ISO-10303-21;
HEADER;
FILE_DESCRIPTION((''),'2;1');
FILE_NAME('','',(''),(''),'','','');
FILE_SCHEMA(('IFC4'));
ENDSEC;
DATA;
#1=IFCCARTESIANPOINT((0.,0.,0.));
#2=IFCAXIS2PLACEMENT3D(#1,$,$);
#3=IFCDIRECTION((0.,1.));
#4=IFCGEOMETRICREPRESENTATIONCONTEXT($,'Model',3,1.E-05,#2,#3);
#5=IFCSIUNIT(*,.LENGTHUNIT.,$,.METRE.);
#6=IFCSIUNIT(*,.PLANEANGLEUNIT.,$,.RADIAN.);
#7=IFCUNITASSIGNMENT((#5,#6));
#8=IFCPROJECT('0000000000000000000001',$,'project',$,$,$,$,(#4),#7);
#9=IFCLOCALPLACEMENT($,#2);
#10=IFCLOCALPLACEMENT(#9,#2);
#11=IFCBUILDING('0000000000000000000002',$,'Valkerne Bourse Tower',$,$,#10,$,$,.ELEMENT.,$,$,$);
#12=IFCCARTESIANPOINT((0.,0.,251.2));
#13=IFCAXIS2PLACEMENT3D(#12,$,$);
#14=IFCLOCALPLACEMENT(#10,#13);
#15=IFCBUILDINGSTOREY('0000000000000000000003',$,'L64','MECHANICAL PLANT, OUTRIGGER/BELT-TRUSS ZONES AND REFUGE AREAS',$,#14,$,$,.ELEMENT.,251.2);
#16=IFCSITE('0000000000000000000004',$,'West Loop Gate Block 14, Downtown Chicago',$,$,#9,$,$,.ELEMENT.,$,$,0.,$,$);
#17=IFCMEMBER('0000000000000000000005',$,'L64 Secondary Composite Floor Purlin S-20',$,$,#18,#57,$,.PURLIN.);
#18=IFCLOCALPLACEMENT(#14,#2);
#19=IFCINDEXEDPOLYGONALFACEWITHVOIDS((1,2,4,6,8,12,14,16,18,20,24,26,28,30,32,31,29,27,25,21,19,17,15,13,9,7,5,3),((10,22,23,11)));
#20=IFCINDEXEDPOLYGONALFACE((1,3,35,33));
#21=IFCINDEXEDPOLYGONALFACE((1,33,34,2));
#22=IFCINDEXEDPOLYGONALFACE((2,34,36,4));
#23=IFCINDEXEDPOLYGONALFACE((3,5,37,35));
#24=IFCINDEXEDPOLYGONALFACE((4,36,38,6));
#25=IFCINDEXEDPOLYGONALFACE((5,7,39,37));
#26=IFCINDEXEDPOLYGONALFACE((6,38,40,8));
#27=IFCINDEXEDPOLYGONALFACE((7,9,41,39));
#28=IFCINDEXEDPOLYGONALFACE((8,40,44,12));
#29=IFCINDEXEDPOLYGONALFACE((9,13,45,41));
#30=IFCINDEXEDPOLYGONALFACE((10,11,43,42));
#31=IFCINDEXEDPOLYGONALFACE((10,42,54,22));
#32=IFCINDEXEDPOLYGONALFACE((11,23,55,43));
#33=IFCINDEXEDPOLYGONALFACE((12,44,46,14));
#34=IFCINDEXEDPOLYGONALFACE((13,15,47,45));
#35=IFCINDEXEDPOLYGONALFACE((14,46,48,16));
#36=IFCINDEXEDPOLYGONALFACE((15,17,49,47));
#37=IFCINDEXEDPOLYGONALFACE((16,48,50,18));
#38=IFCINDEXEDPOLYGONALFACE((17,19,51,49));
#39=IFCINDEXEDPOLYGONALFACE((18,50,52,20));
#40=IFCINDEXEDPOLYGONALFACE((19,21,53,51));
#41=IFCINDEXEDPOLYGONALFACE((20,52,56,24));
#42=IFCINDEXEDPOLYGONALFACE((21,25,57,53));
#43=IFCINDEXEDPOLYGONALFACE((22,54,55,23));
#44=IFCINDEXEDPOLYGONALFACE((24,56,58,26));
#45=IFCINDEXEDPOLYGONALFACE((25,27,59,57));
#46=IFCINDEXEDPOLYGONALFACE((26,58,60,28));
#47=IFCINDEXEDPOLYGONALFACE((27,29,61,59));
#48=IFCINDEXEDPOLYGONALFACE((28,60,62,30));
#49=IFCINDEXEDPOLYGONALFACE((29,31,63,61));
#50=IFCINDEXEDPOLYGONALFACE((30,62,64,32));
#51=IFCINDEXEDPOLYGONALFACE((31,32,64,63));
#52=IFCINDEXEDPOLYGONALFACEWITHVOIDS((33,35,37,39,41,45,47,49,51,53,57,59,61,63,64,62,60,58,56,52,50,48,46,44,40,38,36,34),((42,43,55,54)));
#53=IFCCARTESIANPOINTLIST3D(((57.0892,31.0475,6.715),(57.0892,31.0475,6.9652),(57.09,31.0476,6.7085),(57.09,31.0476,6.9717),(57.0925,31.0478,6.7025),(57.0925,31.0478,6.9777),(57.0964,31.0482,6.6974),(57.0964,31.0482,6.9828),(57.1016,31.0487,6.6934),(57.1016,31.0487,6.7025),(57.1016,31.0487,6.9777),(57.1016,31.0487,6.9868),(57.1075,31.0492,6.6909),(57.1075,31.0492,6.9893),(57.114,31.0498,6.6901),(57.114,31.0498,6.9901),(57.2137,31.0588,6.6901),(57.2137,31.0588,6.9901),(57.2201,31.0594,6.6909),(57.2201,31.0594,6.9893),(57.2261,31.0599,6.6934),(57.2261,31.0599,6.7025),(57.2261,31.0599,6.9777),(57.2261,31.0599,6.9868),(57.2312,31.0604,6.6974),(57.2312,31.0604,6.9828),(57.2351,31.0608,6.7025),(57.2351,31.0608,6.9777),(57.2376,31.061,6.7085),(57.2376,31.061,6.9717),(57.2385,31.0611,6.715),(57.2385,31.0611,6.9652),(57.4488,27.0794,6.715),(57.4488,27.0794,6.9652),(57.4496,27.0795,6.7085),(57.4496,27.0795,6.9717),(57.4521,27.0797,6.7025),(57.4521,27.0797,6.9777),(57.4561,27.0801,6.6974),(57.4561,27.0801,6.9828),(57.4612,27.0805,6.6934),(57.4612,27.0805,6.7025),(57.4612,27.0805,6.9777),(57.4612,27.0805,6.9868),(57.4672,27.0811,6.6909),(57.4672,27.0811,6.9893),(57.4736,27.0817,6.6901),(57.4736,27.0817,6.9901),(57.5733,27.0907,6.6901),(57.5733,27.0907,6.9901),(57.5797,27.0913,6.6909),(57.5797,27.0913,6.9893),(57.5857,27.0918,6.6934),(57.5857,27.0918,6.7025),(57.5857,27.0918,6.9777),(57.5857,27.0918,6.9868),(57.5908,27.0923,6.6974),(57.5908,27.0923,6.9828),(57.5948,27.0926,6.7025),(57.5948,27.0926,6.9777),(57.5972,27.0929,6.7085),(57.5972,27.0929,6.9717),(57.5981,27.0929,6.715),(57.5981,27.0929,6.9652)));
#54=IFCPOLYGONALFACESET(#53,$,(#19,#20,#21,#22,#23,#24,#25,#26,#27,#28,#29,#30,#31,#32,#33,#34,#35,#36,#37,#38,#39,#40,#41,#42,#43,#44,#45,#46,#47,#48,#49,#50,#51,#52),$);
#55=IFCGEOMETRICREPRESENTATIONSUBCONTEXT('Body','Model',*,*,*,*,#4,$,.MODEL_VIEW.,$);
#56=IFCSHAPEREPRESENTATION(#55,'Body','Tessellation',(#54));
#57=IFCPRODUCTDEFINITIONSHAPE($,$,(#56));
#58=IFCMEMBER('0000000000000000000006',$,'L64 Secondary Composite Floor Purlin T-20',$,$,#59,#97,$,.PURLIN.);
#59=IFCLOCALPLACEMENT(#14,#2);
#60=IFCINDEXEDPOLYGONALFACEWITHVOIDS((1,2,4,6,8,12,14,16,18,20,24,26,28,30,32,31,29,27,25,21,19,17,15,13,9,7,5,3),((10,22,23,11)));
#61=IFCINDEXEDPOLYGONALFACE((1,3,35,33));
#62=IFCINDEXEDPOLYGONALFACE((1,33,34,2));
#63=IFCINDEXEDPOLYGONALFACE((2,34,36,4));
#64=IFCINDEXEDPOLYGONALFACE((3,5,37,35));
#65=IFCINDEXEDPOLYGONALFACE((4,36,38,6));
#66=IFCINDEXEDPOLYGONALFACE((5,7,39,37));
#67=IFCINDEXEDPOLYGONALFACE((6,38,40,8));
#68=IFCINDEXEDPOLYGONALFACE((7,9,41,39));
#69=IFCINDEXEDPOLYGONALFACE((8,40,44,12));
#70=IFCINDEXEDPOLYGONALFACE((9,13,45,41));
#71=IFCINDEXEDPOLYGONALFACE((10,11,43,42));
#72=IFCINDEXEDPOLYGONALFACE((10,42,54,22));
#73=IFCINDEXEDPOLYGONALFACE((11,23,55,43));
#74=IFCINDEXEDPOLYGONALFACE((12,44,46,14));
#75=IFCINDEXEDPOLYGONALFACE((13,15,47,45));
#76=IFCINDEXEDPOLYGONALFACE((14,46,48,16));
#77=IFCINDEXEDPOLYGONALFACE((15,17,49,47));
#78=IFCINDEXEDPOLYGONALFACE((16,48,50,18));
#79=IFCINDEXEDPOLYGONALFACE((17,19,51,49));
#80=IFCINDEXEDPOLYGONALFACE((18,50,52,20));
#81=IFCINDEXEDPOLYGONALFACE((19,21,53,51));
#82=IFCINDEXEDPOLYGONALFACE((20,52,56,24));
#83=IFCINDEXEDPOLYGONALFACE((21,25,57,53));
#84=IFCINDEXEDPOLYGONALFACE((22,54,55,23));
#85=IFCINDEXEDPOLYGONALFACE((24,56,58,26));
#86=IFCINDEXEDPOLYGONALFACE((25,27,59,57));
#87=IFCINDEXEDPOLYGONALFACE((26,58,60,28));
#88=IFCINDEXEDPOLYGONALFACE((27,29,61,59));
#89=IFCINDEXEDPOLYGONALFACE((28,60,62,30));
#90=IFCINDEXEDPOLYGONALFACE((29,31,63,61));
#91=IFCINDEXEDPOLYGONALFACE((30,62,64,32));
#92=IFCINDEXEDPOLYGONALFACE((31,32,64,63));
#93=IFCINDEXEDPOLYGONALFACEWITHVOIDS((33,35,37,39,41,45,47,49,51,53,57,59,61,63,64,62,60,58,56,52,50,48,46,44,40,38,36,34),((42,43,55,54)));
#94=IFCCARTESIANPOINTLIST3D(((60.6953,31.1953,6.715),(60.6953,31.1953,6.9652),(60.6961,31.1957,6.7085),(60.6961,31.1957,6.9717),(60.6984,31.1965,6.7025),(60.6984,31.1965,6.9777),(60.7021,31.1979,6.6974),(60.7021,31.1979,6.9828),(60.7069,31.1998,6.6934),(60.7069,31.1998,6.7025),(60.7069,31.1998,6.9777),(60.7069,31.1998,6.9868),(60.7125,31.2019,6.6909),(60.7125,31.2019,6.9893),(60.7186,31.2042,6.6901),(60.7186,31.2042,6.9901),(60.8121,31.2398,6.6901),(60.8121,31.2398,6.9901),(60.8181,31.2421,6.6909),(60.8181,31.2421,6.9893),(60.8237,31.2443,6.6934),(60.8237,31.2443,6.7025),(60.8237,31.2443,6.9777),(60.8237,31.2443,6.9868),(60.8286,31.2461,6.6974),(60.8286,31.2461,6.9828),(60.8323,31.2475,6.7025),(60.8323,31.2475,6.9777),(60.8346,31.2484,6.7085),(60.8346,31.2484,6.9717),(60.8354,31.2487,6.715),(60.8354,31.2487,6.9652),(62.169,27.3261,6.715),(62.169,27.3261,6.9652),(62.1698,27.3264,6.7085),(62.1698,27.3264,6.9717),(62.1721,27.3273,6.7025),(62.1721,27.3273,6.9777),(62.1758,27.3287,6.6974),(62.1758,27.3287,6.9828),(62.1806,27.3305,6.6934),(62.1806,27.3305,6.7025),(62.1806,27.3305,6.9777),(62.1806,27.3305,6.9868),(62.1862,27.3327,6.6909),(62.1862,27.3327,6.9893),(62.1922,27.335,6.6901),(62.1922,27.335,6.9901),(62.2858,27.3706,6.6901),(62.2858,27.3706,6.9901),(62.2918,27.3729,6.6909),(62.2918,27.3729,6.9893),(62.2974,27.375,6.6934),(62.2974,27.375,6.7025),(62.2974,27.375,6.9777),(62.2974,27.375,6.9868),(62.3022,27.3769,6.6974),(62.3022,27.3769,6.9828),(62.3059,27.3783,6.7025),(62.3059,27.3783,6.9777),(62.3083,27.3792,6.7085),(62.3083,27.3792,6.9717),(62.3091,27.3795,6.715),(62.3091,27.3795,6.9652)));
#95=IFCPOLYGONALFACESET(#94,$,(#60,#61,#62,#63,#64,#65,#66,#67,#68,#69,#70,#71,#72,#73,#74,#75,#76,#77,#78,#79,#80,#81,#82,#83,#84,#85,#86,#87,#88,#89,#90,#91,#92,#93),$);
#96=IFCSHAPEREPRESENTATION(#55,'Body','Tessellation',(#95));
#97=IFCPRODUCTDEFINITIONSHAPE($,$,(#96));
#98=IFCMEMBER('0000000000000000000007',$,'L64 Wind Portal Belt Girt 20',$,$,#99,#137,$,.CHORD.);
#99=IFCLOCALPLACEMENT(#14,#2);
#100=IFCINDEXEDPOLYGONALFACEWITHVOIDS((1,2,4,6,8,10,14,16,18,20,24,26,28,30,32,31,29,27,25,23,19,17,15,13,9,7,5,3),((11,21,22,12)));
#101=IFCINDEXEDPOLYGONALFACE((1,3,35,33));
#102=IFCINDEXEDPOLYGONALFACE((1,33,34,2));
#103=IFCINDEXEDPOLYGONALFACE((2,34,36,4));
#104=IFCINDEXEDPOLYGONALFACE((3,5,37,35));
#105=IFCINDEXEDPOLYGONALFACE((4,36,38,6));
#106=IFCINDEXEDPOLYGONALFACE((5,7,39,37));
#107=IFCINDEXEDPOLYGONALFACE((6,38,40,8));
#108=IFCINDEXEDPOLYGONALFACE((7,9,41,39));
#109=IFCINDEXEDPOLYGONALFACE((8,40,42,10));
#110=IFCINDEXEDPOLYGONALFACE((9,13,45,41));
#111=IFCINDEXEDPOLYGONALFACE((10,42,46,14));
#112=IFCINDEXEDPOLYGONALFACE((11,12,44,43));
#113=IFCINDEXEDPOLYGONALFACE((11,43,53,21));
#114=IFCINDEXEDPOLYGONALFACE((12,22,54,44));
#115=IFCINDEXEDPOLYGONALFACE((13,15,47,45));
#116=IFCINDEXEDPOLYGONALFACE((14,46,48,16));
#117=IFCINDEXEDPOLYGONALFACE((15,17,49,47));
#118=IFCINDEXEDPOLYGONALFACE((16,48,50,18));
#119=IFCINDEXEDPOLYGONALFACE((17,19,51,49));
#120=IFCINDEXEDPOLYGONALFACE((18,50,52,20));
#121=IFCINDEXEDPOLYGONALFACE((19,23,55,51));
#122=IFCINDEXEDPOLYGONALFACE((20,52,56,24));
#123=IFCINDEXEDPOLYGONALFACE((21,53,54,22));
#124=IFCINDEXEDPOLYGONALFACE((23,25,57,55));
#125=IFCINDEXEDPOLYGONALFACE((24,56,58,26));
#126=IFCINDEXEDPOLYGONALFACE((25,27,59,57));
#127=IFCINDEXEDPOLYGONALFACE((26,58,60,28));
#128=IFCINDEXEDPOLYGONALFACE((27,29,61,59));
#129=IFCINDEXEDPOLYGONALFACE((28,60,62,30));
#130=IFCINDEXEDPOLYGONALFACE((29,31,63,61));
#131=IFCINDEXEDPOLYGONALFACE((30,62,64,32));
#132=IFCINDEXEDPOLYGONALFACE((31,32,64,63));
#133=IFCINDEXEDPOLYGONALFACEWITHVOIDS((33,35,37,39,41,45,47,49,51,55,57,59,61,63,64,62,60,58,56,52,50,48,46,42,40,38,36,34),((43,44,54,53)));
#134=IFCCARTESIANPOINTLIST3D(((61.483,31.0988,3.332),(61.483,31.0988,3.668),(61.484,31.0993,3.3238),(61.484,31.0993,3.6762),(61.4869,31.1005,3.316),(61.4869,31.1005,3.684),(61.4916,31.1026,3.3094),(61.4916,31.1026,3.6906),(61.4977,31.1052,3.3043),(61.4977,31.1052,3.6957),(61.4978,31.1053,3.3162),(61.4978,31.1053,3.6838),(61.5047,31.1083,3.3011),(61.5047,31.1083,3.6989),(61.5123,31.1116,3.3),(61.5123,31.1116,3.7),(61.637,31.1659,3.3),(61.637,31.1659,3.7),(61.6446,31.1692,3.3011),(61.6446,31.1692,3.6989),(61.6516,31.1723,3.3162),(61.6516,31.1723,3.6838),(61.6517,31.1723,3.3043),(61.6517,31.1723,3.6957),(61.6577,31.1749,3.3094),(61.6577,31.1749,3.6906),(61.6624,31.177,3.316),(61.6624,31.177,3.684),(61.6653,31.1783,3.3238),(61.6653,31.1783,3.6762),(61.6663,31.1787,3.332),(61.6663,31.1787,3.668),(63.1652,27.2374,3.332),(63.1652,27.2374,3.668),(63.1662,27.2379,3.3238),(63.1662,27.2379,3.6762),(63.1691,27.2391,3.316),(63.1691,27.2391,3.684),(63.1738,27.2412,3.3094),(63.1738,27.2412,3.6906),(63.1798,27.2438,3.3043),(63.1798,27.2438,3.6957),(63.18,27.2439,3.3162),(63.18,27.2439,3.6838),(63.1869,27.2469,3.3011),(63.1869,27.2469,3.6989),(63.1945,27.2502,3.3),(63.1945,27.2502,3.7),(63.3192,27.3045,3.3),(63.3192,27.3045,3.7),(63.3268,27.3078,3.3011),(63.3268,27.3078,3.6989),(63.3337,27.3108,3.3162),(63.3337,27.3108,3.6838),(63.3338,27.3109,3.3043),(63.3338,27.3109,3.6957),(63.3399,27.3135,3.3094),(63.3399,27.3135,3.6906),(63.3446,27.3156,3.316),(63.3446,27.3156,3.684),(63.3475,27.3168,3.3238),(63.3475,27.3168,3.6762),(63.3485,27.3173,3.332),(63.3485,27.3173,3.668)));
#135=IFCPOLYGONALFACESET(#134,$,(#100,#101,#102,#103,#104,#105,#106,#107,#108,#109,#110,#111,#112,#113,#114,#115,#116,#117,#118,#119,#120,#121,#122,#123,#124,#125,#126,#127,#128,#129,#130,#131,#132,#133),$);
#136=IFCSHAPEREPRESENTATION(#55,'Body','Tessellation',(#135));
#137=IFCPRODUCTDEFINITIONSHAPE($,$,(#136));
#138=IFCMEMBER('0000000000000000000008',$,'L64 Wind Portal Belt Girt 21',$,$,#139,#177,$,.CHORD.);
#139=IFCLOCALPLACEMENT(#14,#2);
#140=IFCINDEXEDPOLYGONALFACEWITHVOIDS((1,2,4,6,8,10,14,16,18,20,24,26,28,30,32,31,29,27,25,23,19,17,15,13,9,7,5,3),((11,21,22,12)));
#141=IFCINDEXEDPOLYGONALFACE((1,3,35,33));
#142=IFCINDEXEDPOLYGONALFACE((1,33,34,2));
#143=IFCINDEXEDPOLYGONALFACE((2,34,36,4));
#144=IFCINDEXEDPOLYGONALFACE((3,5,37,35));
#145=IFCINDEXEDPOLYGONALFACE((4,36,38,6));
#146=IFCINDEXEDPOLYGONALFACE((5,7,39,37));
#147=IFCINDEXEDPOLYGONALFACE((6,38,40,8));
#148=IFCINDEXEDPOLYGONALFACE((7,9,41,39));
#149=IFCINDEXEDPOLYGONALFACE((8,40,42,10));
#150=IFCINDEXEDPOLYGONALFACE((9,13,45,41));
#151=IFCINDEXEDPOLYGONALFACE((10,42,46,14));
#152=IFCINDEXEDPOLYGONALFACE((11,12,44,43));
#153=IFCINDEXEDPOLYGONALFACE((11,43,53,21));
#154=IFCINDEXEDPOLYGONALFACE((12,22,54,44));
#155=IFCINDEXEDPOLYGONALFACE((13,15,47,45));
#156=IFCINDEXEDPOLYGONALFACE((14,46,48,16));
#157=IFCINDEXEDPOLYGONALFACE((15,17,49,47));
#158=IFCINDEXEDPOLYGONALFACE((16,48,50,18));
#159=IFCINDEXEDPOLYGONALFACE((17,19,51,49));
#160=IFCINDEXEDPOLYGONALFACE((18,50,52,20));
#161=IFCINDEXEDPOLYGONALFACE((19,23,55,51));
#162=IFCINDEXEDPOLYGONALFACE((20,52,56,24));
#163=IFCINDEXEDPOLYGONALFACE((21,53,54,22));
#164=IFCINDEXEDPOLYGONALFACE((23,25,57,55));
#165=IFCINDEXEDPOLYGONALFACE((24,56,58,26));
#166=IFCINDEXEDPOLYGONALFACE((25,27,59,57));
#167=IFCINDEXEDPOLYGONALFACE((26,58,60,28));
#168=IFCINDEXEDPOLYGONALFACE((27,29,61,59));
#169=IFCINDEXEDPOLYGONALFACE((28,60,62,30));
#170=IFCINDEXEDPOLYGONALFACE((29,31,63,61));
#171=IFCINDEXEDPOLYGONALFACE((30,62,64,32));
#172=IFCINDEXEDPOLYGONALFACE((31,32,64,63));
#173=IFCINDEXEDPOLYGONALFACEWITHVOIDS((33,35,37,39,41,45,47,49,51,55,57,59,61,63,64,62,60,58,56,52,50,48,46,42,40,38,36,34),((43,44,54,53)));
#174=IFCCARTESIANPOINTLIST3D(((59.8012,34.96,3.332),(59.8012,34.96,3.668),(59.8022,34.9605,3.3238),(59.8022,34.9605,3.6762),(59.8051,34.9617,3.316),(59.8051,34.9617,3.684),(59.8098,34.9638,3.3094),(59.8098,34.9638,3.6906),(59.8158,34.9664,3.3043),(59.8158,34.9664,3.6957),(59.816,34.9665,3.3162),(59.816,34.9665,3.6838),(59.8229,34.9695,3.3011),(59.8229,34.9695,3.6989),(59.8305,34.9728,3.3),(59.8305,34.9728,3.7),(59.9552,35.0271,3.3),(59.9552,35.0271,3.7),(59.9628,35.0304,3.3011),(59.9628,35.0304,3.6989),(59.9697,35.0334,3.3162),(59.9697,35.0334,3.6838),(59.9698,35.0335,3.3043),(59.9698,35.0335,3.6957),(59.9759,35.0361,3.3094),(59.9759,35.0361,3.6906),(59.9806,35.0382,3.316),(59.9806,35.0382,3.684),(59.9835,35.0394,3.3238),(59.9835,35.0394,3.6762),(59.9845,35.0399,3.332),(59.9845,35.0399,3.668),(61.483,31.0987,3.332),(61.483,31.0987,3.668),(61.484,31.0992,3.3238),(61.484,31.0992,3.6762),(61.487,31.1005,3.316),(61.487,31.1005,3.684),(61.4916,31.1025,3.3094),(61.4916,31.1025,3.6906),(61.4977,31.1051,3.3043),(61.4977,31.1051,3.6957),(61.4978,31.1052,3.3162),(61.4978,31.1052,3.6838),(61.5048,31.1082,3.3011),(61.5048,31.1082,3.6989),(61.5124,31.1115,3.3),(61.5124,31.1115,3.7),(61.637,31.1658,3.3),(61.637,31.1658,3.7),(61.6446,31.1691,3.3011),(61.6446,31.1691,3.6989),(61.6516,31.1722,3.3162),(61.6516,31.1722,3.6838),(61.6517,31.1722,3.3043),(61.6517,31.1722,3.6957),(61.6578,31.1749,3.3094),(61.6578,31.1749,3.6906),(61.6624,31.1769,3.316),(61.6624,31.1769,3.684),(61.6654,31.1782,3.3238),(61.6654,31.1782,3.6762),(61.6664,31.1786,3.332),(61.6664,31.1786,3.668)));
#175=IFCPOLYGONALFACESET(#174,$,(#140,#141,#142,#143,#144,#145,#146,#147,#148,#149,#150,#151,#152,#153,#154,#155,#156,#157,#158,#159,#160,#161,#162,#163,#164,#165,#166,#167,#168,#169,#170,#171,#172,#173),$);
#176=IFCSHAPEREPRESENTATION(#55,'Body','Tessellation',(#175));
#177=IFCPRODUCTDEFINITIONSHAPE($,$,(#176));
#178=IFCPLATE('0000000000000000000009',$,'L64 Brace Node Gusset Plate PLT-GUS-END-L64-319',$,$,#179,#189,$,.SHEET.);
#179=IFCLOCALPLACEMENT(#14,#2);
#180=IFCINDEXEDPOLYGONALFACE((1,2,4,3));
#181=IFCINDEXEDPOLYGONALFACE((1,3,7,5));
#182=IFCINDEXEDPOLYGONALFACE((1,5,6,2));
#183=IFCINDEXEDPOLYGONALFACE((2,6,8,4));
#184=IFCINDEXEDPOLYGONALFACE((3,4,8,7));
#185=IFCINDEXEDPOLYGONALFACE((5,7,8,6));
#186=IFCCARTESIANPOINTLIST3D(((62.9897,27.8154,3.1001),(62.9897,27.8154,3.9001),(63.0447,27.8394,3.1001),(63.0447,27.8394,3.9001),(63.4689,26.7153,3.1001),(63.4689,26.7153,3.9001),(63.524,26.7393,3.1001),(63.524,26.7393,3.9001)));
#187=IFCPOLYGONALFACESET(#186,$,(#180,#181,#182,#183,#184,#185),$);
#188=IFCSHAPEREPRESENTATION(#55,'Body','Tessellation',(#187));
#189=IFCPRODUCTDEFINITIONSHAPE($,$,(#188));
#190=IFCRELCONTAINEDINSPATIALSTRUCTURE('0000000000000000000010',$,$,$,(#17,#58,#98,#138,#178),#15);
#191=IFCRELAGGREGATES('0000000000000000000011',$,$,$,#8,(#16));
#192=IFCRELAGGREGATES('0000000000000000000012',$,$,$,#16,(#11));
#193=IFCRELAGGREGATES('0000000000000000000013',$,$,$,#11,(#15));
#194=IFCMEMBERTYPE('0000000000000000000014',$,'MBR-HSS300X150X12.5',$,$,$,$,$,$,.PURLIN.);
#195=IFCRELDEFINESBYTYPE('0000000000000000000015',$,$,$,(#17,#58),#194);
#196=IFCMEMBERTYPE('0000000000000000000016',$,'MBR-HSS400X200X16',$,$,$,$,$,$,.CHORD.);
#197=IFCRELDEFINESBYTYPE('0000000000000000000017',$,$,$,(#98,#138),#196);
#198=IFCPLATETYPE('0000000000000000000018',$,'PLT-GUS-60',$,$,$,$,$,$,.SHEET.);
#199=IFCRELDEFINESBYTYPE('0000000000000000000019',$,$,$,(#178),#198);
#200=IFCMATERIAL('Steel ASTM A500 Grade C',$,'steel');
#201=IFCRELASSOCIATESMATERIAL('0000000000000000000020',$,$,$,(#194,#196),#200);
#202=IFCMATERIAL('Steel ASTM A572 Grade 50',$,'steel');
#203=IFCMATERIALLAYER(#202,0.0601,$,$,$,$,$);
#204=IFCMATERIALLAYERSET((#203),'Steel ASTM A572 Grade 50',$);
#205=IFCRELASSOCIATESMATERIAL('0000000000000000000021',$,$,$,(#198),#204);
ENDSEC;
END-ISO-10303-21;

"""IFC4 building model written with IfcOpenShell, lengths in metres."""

from ifc_helpers import new_model, si_unit, direction, frame, origin, origin_2d, place, context, subcontext, project, spatial, rectangle, hollow_rectangle, extrude, material, layer, layer_set, material_profile, profile_set, type_object, element, save


model = new_model("IFC4")

# Units and contexts
model_context = context("Model", 3, precision=1e-05, world=origin(), true_north=direction((0.0, 1.0)))
body_context = subcontext(model_context, "Body", "Model", "MODEL_VIEW")
ifc_project = project(units=[si_unit("LENGTHUNIT", "METRE"), si_unit("PLANEANGLEUNIT", "RADIAN")], contexts=[model_context])

# Site, building, storey
site_placement = place(None, origin())
site = spatial("IfcSite", under=ifc_project, at=site_placement, Name="West Loop Gate Block 14, Downtown Chicago", CompositionType="ELEMENT", RefElevation=0.0)
building_placement = place(site_placement, origin())
building = spatial("IfcBuilding", under=site, at=building_placement, Name="Valkerne Bourse Tower", CompositionType="ELEMENT")
storey_placement = place(building_placement, frame((0.0, 0.0, 251.2)))
storey = spatial("IfcBuildingStorey", under=building, at=storey_placement, Name="L64", Description="MECHANICAL PLANT, OUTRIGGER/BELT-TRUSS ZONES AND REFUGE AREAS", CompositionType="ELEMENT", Elevation=251.2)

# Members
ifc_material_1 = material(Name="Steel ASTM A500 Grade C", Category="steel")
ifc_material_profile_1 = material_profile(ifc_material_1, hollow_rectangle(XDim=0.1499, YDim=0.3, WallThickness=0.0125, OuterFilletRadius=0.0249, at=origin_2d()), Name="HSS300X150X12.5")
ifc_profile_set_1 = profile_set([ifc_material_profile_1], Name="Steel ASTM A500 Grade C")
member_type_1 = type_object("IfcMemberType", Name="MBR-HSS300X150X12.5", PredefinedType="PURLIN", material=ifc_profile_set_1)
member_1_placement = place(storey_placement, frame((57.5234, 27.0862, 6.8401), z_axis=(-0.090259, 0.995918, 0.0), x_axis=(-0.995918, -0.090259, 0.0)))
element("IfcMember", 1, at=member_1_placement, inside=storey, type_object=member_type_1, Name="L64 Secondary Composite Floor Purlin S-20", PredefinedType="PURLIN", context=body_context, shape_type="SweptSolid", body=[
    extrude(hollow_rectangle(XDim=0.1499, YDim=0.3, WallThickness=0.0125, OuterFilletRadius=0.0249, at=origin_2d()), origin(), (0.0, 0.0, 1.0), 3.9844),
])
member_2_placement = place(storey_placement, frame((62.239, 27.3528, 6.8401), z_axis=(-0.355927, 0.934514, 0.0), x_axis=(-0.934514, -0.355927, 0.0)))
element("IfcMember", 2, at=member_2_placement, inside=storey, type_object=member_type_1, Name="L64 Secondary Composite Floor Purlin T-20", PredefinedType="PURLIN", context=body_context, shape_type="SweptSolid", body=[
    extrude(hollow_rectangle(XDim=0.1499, YDim=0.3, WallThickness=0.0125, OuterFilletRadius=0.0249, at=origin_2d()), origin(), (0.0, 0.0, 1.0), 4.1404),
])
ifc_material_profile_2 = material_profile(ifc_material_1, hollow_rectangle(XDim=0.2, YDim=0.3999, WallThickness=0.0161, OuterFilletRadius=0.032, at=origin_2d()), Name="HSS400X200X16")
ifc_profile_set_2 = profile_set([ifc_material_profile_2], Name="Steel ASTM A500 Grade C")
member_type_2 = type_object("IfcMemberType", Name="MBR-HSS400X200X16", PredefinedType="CHORD", material=ifc_profile_set_2)
member_3_placement = place(storey_placement, frame((63.2568, 27.2773, 3.5), z_axis=(-0.399383, 0.916784, 0.0), x_axis=(-0.916784, -0.399383, 0.0)))
element("IfcMember", 3, at=member_3_placement, inside=storey, type_object=member_type_2, Name="L64 Wind Portal Belt Girt 20", PredefinedType="CHORD", context=body_context, shape_type="SweptSolid", body=[
    extrude(hollow_rectangle(XDim=0.2, YDim=0.3999, WallThickness=0.0161, OuterFilletRadius=0.032, at=origin_2d()), origin(), (0.0, 0.0, 1.0), 4.2119),
])
member_4_placement = place(storey_placement, frame((61.5747, 31.1387, 3.5), z_axis=(-0.399334, 0.916805, 0.0), x_axis=(-0.916805, -0.399334, 0.0)))
element("IfcMember", 4, at=member_4_placement, inside=storey, type_object=member_type_2, Name="L64 Wind Portal Belt Girt 21", PredefinedType="CHORD", context=body_context, shape_type="SweptSolid", body=[
    extrude(hollow_rectangle(XDim=0.2, YDim=0.3999, WallThickness=0.0161, OuterFilletRadius=0.032, at=origin_2d()), origin(), (0.0, 0.0, 1.0), 4.2117),
])

# Plate
ifc_material_2 = material(Name="Steel ASTM A572 Grade 50", Category="steel")
ifc_layer_1 = layer(ifc_material_2, 0.0601)
ifc_layer_set_1 = layer_set([ifc_layer_1], Name="Steel ASTM A572 Grade 50")
plate_type = type_object("IfcPlateType", Name="PLT-GUS-60", PredefinedType="SHEET", material=ifc_layer_set_1)
for number, where, z_axis, x_axis, name in (
    (5, (63.2568, 27.2773, 3.1001), (0.0, 0.0, 1.0), (-0.399389, 0.916781, 0.0), "L64 Brace Node Gusset Plate PLT-GUS-END-L64-319"),
):
    element("IfcPlate", number, at=place(storey_placement, frame(where, z_axis=z_axis, x_axis=x_axis)), inside=storey, type_object=plate_type, Name=name, PredefinedType="SHEET", context=body_context, shape_type="SweptSolid", body=[
        extrude(rectangle(XDim=1.2, YDim=0.0601, at=origin_2d()), origin(), (0.0, 0.0, 1.0), 0.8),
    ])

save(model, "model.ifc")
